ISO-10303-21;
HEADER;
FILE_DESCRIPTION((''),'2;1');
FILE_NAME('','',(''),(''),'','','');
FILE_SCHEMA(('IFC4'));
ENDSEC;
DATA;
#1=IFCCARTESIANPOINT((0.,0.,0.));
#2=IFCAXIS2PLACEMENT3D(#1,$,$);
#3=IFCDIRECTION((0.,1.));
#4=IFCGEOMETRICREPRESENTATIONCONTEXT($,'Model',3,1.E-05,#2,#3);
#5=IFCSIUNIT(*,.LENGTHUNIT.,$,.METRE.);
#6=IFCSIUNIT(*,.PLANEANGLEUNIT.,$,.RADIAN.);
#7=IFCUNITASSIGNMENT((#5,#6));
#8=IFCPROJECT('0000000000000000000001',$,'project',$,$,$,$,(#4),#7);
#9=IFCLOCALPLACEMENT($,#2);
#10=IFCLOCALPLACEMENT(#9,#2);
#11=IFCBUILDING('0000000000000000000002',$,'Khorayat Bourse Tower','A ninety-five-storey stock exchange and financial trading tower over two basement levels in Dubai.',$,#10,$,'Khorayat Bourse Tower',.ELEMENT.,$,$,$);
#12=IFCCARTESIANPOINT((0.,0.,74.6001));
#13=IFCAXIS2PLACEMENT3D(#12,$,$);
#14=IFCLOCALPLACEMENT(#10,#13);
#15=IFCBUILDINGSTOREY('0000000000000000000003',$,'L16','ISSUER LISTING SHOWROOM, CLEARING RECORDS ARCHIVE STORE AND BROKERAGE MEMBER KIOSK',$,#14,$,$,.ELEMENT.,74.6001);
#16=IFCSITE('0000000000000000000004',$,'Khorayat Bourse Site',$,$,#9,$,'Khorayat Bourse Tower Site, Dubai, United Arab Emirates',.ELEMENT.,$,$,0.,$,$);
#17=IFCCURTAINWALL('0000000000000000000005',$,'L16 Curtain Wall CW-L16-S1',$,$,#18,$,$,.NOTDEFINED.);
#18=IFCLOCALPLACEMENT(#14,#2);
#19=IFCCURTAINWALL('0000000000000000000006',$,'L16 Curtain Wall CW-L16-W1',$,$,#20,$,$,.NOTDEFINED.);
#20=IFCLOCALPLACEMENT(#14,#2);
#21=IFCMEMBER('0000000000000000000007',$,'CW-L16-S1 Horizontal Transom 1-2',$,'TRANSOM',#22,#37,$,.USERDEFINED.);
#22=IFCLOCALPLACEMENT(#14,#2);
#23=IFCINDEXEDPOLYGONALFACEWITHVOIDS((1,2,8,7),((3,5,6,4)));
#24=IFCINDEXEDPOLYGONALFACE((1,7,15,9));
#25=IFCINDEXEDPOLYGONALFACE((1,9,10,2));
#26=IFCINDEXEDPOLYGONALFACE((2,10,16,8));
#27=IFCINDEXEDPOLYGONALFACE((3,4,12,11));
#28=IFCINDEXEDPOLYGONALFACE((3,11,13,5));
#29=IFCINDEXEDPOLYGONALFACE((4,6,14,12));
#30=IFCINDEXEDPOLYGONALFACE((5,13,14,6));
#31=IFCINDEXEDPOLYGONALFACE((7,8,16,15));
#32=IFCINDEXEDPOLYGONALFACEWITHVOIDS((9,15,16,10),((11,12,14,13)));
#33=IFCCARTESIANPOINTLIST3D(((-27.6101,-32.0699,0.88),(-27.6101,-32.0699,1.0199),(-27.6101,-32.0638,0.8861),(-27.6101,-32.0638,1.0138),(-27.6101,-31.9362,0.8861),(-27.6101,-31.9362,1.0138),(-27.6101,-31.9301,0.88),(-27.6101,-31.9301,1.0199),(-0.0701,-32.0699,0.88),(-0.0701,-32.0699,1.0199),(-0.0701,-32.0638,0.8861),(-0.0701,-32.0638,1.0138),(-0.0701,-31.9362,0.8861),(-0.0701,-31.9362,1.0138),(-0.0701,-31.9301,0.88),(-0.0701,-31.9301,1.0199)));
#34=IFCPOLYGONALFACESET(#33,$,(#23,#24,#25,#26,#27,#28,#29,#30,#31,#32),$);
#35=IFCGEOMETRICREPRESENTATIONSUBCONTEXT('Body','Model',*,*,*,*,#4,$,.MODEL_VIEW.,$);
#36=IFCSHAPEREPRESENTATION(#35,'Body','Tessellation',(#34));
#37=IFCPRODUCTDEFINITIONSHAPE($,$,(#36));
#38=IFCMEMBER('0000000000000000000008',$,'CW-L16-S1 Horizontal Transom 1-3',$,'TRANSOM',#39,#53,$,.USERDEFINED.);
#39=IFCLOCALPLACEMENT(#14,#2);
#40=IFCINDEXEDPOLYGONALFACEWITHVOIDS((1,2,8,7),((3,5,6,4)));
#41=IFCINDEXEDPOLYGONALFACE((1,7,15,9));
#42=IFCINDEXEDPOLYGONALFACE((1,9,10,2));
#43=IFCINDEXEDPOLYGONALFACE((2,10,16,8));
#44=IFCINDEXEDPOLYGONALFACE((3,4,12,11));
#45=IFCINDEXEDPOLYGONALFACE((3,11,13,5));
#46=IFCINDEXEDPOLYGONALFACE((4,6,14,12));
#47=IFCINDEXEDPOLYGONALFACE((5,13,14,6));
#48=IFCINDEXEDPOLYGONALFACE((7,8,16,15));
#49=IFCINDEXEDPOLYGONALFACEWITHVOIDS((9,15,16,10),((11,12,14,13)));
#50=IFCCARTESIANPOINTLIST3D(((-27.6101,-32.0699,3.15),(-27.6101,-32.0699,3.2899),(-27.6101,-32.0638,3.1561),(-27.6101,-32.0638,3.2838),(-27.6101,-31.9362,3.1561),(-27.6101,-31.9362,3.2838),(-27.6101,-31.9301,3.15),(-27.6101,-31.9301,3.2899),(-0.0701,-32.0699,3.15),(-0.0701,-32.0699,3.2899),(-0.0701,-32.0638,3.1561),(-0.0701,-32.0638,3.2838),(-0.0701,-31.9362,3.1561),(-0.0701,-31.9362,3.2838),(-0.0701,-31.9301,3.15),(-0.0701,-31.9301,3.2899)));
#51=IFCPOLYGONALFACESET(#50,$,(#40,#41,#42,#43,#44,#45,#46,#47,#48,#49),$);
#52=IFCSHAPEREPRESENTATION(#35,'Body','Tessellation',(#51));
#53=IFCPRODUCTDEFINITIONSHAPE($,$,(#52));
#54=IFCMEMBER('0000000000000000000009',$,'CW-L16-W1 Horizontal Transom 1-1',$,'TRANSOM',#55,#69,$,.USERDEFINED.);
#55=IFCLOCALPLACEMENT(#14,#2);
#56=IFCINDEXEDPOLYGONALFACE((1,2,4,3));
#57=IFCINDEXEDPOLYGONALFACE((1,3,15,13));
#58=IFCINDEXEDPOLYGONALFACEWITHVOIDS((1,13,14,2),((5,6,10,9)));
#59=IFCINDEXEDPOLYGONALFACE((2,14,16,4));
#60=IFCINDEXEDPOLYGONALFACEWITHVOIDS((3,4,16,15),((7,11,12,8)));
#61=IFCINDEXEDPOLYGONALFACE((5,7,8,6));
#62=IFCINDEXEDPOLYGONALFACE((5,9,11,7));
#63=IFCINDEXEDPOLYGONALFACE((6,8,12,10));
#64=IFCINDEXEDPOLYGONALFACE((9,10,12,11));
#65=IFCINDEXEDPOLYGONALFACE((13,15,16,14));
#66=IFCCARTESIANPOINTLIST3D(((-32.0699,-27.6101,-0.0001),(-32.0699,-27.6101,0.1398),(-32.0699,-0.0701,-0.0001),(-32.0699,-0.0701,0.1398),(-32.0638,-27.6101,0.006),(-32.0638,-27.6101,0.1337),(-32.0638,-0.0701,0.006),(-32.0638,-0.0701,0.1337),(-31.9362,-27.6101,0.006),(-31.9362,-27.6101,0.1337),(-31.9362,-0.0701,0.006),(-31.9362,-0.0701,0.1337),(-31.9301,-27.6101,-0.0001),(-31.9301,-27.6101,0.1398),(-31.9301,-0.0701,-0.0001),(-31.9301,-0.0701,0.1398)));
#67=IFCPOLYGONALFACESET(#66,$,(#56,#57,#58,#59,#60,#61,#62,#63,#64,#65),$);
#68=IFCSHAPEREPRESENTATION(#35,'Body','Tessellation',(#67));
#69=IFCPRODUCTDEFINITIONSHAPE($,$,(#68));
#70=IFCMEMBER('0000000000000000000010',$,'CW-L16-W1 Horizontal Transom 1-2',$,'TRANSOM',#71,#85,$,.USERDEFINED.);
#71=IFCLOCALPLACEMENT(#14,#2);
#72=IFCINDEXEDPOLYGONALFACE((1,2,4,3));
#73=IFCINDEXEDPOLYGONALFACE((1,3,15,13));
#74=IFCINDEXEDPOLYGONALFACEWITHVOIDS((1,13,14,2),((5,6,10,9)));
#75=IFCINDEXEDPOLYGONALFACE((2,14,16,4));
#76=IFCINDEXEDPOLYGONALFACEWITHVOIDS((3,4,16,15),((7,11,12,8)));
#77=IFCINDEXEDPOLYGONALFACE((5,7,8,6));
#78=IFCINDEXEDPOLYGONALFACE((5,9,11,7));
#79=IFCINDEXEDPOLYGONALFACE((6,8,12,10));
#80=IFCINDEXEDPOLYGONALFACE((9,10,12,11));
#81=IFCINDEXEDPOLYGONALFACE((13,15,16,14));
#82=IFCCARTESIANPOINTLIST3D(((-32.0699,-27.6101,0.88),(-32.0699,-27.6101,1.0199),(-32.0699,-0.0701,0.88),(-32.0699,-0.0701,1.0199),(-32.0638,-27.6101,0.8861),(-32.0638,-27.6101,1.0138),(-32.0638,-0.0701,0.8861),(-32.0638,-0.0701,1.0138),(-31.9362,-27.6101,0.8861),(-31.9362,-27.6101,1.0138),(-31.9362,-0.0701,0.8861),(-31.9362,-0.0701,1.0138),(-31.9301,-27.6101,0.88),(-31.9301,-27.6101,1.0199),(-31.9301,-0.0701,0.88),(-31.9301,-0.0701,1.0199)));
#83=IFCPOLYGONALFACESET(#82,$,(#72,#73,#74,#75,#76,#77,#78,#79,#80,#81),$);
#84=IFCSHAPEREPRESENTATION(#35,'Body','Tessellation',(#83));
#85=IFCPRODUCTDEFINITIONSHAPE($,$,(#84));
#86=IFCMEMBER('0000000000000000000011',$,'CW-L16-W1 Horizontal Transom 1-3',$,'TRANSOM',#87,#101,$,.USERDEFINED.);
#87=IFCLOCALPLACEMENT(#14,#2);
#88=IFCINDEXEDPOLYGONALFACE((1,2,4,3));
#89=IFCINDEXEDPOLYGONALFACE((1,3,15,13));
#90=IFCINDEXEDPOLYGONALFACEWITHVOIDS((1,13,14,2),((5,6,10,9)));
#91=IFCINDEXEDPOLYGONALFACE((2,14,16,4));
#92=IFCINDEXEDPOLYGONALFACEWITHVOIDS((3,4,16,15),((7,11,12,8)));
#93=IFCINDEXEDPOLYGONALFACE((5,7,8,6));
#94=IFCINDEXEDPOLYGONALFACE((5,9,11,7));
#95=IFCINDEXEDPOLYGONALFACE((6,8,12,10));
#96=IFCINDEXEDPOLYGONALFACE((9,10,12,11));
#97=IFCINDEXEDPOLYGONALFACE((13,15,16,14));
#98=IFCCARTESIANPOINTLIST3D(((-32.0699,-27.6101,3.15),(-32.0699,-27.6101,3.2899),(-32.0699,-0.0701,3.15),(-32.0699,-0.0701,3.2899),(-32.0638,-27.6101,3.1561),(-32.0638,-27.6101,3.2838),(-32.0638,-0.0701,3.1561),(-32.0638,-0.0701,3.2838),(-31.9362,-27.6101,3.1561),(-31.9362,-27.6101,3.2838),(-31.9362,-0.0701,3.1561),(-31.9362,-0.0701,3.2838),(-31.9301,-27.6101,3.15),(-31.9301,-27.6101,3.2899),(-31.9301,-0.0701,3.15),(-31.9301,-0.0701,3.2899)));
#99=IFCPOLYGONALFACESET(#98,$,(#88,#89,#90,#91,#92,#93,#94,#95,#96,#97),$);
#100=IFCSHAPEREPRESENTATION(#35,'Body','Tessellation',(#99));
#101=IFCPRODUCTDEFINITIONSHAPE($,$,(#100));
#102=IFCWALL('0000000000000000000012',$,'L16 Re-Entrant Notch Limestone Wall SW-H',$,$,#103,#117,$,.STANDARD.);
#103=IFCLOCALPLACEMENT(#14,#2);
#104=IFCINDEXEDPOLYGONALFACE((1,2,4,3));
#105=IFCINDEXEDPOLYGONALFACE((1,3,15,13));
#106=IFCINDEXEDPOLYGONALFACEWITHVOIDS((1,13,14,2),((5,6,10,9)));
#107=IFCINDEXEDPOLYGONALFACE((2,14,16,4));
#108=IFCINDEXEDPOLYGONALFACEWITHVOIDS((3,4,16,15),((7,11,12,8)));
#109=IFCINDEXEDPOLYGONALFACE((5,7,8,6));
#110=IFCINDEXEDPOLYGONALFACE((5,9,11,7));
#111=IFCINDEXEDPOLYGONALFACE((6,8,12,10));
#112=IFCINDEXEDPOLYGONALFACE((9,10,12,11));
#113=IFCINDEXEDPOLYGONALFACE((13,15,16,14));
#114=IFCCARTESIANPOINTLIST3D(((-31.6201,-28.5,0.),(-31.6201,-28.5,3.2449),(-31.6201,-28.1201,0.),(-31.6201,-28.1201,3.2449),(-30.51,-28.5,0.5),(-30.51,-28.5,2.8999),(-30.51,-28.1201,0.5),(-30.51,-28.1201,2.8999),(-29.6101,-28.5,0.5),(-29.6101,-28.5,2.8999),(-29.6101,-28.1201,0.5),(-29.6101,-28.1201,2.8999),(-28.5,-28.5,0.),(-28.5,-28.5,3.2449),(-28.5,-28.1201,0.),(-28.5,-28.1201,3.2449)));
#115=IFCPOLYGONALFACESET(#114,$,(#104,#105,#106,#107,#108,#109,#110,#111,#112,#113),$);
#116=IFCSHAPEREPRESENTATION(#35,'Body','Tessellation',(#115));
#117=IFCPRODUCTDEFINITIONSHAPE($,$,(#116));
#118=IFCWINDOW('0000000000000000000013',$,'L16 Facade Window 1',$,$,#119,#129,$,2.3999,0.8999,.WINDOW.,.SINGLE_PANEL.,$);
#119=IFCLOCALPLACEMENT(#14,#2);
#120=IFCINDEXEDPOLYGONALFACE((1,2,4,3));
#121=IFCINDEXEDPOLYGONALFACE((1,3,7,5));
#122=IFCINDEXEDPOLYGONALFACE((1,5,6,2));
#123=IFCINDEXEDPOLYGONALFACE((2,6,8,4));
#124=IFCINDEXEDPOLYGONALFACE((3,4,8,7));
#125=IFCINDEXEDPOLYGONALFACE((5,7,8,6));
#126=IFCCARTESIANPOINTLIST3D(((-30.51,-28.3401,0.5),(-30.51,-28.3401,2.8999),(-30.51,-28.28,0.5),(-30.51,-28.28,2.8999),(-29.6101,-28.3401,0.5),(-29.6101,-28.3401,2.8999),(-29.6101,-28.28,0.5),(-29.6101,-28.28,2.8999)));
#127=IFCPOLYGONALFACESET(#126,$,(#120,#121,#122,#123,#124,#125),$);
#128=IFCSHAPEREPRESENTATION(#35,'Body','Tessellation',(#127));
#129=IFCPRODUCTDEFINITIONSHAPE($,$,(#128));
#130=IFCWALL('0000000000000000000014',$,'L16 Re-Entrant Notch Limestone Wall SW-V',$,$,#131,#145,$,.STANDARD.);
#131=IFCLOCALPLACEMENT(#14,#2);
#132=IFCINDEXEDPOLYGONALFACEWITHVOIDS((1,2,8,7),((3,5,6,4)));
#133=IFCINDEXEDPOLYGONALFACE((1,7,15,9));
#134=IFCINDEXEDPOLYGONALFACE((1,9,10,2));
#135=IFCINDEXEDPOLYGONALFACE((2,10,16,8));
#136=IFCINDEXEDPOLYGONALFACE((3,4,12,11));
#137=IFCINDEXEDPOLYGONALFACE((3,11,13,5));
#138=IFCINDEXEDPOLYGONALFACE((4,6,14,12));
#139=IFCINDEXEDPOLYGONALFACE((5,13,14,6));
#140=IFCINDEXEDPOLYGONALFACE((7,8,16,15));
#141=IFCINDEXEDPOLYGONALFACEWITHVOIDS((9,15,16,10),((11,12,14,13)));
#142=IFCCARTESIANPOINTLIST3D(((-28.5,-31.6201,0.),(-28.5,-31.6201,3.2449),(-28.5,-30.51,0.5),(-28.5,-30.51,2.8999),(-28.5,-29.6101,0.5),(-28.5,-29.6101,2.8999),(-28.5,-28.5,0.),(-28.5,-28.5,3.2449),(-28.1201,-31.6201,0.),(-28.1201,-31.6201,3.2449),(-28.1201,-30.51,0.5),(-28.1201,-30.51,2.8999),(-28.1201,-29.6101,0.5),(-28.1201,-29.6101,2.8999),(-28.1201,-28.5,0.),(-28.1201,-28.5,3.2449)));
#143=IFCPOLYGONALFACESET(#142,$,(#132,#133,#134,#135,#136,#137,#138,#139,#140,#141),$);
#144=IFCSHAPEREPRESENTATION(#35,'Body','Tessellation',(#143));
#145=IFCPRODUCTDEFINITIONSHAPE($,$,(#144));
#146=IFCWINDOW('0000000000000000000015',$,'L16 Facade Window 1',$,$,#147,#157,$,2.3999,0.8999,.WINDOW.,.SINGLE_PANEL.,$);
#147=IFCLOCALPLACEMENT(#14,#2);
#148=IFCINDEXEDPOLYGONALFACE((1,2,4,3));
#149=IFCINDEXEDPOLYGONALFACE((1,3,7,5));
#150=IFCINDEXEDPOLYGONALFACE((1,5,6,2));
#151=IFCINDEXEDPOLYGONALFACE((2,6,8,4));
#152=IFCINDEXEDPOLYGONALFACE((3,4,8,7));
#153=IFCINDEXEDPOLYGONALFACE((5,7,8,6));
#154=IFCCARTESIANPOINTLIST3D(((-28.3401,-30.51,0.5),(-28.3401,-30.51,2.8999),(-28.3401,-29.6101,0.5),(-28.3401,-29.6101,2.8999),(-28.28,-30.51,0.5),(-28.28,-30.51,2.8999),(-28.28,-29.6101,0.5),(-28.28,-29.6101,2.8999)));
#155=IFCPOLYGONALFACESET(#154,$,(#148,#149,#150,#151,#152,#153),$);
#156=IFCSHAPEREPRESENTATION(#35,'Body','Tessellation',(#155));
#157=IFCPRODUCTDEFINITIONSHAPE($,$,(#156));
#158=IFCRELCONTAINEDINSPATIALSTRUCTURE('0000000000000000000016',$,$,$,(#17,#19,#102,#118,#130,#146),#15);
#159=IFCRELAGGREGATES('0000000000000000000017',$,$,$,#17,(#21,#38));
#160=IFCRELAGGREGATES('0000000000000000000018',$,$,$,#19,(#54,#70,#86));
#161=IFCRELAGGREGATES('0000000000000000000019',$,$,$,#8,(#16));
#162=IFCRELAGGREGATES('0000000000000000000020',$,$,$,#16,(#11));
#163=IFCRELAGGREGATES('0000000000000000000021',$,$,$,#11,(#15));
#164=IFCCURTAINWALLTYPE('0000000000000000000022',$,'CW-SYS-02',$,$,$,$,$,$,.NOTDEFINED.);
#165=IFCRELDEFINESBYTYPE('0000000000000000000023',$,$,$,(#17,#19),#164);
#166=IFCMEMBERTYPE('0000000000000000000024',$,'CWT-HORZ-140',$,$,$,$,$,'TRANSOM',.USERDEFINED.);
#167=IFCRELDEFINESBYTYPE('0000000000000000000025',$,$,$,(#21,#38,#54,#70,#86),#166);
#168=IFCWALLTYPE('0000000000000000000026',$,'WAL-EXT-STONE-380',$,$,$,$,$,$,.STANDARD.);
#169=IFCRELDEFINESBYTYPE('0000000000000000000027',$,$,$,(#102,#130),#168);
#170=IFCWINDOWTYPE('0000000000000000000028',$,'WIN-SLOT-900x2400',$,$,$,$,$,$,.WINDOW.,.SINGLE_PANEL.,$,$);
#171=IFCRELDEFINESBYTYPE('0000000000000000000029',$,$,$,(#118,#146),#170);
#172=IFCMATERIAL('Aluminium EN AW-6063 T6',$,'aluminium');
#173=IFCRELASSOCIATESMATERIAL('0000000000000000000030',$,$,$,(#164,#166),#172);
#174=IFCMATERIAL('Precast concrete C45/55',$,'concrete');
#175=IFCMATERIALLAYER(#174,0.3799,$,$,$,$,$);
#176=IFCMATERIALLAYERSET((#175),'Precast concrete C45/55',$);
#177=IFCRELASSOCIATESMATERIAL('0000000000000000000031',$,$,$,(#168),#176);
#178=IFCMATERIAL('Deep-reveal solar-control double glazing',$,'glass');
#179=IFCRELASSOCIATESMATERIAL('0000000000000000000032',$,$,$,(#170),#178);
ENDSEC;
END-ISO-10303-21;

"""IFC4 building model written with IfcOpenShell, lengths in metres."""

from ifc_helpers import new_model, si_unit, direction, frame, frame_2d, origin, origin_2d, place, context, subcontext, project, spatial, rectangle, hollow_rectangle, extrude, source, transform, mapped, material, layer, layer_set, material_profile, profile_set, type_object, element, fill, aggregate, save


model = new_model("IFC4")

# Units and contexts
model_context = context("Model", 3, precision=1e-05, world=origin(), true_north=direction((0.0, 1.0)))
body_context = subcontext(model_context, "Body", "Model", "MODEL_VIEW")
ifc_project = project(units=[si_unit("LENGTHUNIT", "METRE"), si_unit("PLANEANGLEUNIT", "RADIAN")], contexts=[model_context])

# Site, building, storey
site_placement = place(None, origin())
site = spatial("IfcSite", under=ifc_project, at=site_placement, Name="Khorayat Bourse Site", LongName="Khorayat Bourse Tower Site, Dubai, United Arab Emirates", CompositionType="ELEMENT", RefElevation=0.0)
building_placement = place(site_placement, origin())
building = spatial("IfcBuilding", under=site, at=building_placement, Name="Khorayat Bourse Tower", Description="A ninety-five-storey stock exchange and financial trading tower over two basement levels in Dubai.", LongName="Khorayat Bourse Tower", CompositionType="ELEMENT")
storey_placement = place(building_placement, frame((0.0, 0.0, 74.6001)))
storey = spatial("IfcBuildingStorey", under=building, at=storey_placement, Name="L16", Description="ISSUER LISTING SHOWROOM, CLEARING RECORDS ARCHIVE STORE AND BROKERAGE MEMBER KIOSK", CompositionType="ELEMENT", Elevation=74.6001)

# Curtain wall
ifc_material_1 = material(Name="Aluminium EN AW-6063 T6", Category="aluminium")
curtain_wall_type = type_object("IfcCurtainWallType", Name="CW-SYS-02", PredefinedType="NOTDEFINED", material=ifc_material_1)
curtain_wall_1_placement = place(storey_placement, origin())
curtain_wall_1 = element("IfcCurtainWall", 1, at=curtain_wall_1_placement, inside=storey, type_object=curtain_wall_type, Name="L16 Curtain Wall CW-L16-S1", PredefinedType="NOTDEFINED")

# Curtain wall
curtain_wall_2_placement = place(storey_placement, origin())
curtain_wall_2 = element("IfcCurtainWall", 2, at=curtain_wall_2_placement, inside=storey, type_object=curtain_wall_type, Name="L16 Curtain Wall CW-L16-W1", PredefinedType="NOTDEFINED")

# Members
ifc_material_profile_1 = material_profile(ifc_material_1, hollow_rectangle(XDim=0.1399, YDim=0.1399, WallThickness=0.0061, at=origin_2d()), Name="ALU 140x140x6")
ifc_profile_set_1 = profile_set([ifc_material_profile_1], Name="Aluminium EN AW-6063 T6")
member_type_1 = type_object("IfcMemberType", Name="CWT-HORZ-140", ElementType="TRANSOM", PredefinedType="USERDEFINED", material=ifc_profile_set_1)
shared_shape_1 = source(origin(), body_context, "Body", "SweptSolid", [
    extrude(hollow_rectangle(XDim=0.1399, YDim=0.1399, WallThickness=0.0061, at=origin_2d()), origin(), (0.0, 0.0, 1.0), 27.54),
])
member_1_placement = place(storey_placement, frame((-27.6101, -32.0, 0.95), z_axis=(1.0, 0.0, 0.0), x_axis=(0.0, 1.0, 0.0)))
member_1 = element("IfcMember", 3, at=member_1_placement, type_object=member_type_1, Name="CW-L16-S1 Horizontal Transom 1-2", ObjectType="TRANSOM", PredefinedType="USERDEFINED", context=body_context, shape_type="MappedRepresentation", body=[
    mapped(shared_shape_1, transform((0.0, 0.0, 0.0), scale=1.0)),
])
member_2_placement = place(storey_placement, frame((-27.6101, -32.0, 3.22), z_axis=(1.0, 0.0, 0.0), x_axis=(0.0, 1.0, 0.0)))
member_2 = element("IfcMember", 4, at=member_2_placement, type_object=member_type_1, Name="CW-L16-S1 Horizontal Transom 1-3", ObjectType="TRANSOM", PredefinedType="USERDEFINED", context=body_context, shape_type="MappedRepresentation", body=[
    mapped(shared_shape_1, transform((0.0, 0.0, 0.0), scale=1.0)),
])
aggregate(curtain_wall_1, [member_1, member_2])
member_3_placement = place(storey_placement, frame((-32.0, -27.6101, 0.0698), z_axis=(0.0, 1.0, 0.0), x_axis=(-1.0, 0.0, 0.0)))
member_3 = element("IfcMember", 5, at=member_3_placement, type_object=member_type_1, Name="CW-L16-W1 Horizontal Transom 1-1", ObjectType="TRANSOM", PredefinedType="USERDEFINED", context=body_context, shape_type="MappedRepresentation", body=[
    mapped(shared_shape_1, transform((0.0, 0.0, 0.0), scale=1.0)),
])
member_4_placement = place(storey_placement, frame((-32.0, -27.6101, 0.95), z_axis=(0.0, 1.0, 0.0), x_axis=(-1.0, 0.0, 0.0)))
member_4 = element("IfcMember", 6, at=member_4_placement, type_object=member_type_1, Name="CW-L16-W1 Horizontal Transom 1-2", ObjectType="TRANSOM", PredefinedType="USERDEFINED", context=body_context, shape_type="MappedRepresentation", body=[
    mapped(shared_shape_1, transform((0.0, 0.0, 0.0), scale=1.0)),
])
member_5_placement = place(storey_placement, frame((-32.0, -27.6101, 3.22), z_axis=(0.0, 1.0, 0.0), x_axis=(-1.0, 0.0, 0.0)))
member_5 = element("IfcMember", 7, at=member_5_placement, type_object=member_type_1, Name="CW-L16-W1 Horizontal Transom 1-3", ObjectType="TRANSOM", PredefinedType="USERDEFINED", context=body_context, shape_type="MappedRepresentation", body=[
    mapped(shared_shape_1, transform((0.0, 0.0, 0.0), scale=1.0)),
])
aggregate(curtain_wall_2, [member_3, member_4, member_5])

# Walls, openings, windows
ifc_material_2 = material(Name="Precast concrete C45/55", Category="concrete")
ifc_layer_1 = layer(ifc_material_2, 0.3799)
ifc_layer_set_1 = layer_set([ifc_layer_1], Name="Precast concrete C45/55")
wall_type_1 = type_object("IfcWallType", Name="WAL-EXT-STONE-380", PredefinedType="STANDARD", material=ifc_layer_set_1)
shared_shape_2 = source(origin(), body_context, "Body", "SweptSolid", [
    extrude(rectangle(XDim=3.1201, YDim=0.3799, at=frame_2d((1.5601, 0.0))), origin(), (0.0, 0.0, 1.0), 3.2449),
])
wall_1_placement = place(storey_placement, frame((-28.5, -28.3101, 0.0), z_axis=(0.0, 0.0, 1.0), x_axis=(-1.0, 0.0, 0.0)))
wall_1 = element("IfcWall", 8, at=wall_1_placement, inside=storey, type_object=wall_type_1, Name="L16 Re-Entrant Notch Limestone Wall SW-H", PredefinedType="STANDARD", context=body_context, shape_type="MappedRepresentation", body=[
    mapped(shared_shape_2, transform((0.0, 0.0, 0.0), scale=1.0)),
])
shared_shape_3 = source(origin(), body_context, "Body", "SweptSolid", [
    extrude(rectangle(XDim=0.8999, YDim=2.3999, at=frame_2d((0.45, 1.2))), frame((0.0, 0.2, 0.0), z_axis=(0.0, -1.0, 0.0), x_axis=(1.0, 0.0, 0.0)), (0.0, 0.0, 1.0), 0.3999),
])
opening_1_placement = place(wall_1_placement, frame((1.1101, 0.0, 0.5)))
opening_1 = element("IfcOpeningElement", 9, at=opening_1_placement, cuts=wall_1, PredefinedType="OPENING", context=body_context, shape_type="MappedRepresentation", body=[
    mapped(shared_shape_3, transform((0.0, 0.0, 0.0), scale=1.0)),
])
ifc_material_3 = material(Name="Deep-reveal solar-control double glazing", Category="glass")
window_type = type_object("IfcWindowType", Name="WIN-SLOT-900x2400", PartitioningType="SINGLE_PANEL", PredefinedType="WINDOW", material=ifc_material_3)
shared_shape_4 = source(origin(), body_context, "Body", "SweptSolid", [
    extrude(rectangle(XDim=0.8999, YDim=2.3999, at=frame_2d((0.45, 1.2))), frame((0.0, 0.03, 0.0), z_axis=(0.0, -1.0, 0.0), x_axis=(1.0, 0.0, 0.0)), (0.0, 0.0, 1.0), 0.0601),
])
window_1_placement = place(opening_1_placement, origin())
window_1 = element("IfcWindow", 10, at=window_1_placement, inside=storey, type_object=window_type, Name="L16 Facade Window 1", OverallHeight=2.3999, OverallWidth=0.8999, PartitioningType="SINGLE_PANEL", PredefinedType="WINDOW", context=body_context, shape_type="MappedRepresentation", body=[
    mapped(shared_shape_4, transform((0.0, 0.0, 0.0), scale=1.0)),
])
fill(opening_1, window_1)
wall_2_placement = place(storey_placement, frame((-28.3101, -31.6201, 0.0), z_axis=(0.0, 0.0, 1.0), x_axis=(0.0, 1.0, 0.0)))
wall_2 = element("IfcWall", 11, at=wall_2_placement, inside=storey, type_object=wall_type_1, Name="L16 Re-Entrant Notch Limestone Wall SW-V", PredefinedType="STANDARD", context=body_context, shape_type="MappedRepresentation", body=[
    mapped(shared_shape_2, transform((0.0, 0.0, 0.0), scale=1.0)),
])
opening_2_placement = place(wall_2_placement, frame((1.1101, 0.0, 0.5)))
opening_2 = element("IfcOpeningElement", 12, at=opening_2_placement, cuts=wall_2, PredefinedType="OPENING", context=body_context, shape_type="MappedRepresentation", body=[
    mapped(shared_shape_3, transform((0.0, 0.0, 0.0), scale=1.0)),
])
window_2_placement = place(opening_2_placement, origin())
window_2 = element("IfcWindow", 13, at=window_2_placement, inside=storey, type_object=window_type, Name="L16 Facade Window 1", OverallHeight=2.3999, OverallWidth=0.8999, PartitioningType="SINGLE_PANEL", PredefinedType="WINDOW", context=body_context, shape_type="MappedRepresentation", body=[
    mapped(shared_shape_4, transform((0.0, 0.0, 0.0), scale=1.0)),
])
fill(opening_2, window_2)

save(model, "model.ifc")
